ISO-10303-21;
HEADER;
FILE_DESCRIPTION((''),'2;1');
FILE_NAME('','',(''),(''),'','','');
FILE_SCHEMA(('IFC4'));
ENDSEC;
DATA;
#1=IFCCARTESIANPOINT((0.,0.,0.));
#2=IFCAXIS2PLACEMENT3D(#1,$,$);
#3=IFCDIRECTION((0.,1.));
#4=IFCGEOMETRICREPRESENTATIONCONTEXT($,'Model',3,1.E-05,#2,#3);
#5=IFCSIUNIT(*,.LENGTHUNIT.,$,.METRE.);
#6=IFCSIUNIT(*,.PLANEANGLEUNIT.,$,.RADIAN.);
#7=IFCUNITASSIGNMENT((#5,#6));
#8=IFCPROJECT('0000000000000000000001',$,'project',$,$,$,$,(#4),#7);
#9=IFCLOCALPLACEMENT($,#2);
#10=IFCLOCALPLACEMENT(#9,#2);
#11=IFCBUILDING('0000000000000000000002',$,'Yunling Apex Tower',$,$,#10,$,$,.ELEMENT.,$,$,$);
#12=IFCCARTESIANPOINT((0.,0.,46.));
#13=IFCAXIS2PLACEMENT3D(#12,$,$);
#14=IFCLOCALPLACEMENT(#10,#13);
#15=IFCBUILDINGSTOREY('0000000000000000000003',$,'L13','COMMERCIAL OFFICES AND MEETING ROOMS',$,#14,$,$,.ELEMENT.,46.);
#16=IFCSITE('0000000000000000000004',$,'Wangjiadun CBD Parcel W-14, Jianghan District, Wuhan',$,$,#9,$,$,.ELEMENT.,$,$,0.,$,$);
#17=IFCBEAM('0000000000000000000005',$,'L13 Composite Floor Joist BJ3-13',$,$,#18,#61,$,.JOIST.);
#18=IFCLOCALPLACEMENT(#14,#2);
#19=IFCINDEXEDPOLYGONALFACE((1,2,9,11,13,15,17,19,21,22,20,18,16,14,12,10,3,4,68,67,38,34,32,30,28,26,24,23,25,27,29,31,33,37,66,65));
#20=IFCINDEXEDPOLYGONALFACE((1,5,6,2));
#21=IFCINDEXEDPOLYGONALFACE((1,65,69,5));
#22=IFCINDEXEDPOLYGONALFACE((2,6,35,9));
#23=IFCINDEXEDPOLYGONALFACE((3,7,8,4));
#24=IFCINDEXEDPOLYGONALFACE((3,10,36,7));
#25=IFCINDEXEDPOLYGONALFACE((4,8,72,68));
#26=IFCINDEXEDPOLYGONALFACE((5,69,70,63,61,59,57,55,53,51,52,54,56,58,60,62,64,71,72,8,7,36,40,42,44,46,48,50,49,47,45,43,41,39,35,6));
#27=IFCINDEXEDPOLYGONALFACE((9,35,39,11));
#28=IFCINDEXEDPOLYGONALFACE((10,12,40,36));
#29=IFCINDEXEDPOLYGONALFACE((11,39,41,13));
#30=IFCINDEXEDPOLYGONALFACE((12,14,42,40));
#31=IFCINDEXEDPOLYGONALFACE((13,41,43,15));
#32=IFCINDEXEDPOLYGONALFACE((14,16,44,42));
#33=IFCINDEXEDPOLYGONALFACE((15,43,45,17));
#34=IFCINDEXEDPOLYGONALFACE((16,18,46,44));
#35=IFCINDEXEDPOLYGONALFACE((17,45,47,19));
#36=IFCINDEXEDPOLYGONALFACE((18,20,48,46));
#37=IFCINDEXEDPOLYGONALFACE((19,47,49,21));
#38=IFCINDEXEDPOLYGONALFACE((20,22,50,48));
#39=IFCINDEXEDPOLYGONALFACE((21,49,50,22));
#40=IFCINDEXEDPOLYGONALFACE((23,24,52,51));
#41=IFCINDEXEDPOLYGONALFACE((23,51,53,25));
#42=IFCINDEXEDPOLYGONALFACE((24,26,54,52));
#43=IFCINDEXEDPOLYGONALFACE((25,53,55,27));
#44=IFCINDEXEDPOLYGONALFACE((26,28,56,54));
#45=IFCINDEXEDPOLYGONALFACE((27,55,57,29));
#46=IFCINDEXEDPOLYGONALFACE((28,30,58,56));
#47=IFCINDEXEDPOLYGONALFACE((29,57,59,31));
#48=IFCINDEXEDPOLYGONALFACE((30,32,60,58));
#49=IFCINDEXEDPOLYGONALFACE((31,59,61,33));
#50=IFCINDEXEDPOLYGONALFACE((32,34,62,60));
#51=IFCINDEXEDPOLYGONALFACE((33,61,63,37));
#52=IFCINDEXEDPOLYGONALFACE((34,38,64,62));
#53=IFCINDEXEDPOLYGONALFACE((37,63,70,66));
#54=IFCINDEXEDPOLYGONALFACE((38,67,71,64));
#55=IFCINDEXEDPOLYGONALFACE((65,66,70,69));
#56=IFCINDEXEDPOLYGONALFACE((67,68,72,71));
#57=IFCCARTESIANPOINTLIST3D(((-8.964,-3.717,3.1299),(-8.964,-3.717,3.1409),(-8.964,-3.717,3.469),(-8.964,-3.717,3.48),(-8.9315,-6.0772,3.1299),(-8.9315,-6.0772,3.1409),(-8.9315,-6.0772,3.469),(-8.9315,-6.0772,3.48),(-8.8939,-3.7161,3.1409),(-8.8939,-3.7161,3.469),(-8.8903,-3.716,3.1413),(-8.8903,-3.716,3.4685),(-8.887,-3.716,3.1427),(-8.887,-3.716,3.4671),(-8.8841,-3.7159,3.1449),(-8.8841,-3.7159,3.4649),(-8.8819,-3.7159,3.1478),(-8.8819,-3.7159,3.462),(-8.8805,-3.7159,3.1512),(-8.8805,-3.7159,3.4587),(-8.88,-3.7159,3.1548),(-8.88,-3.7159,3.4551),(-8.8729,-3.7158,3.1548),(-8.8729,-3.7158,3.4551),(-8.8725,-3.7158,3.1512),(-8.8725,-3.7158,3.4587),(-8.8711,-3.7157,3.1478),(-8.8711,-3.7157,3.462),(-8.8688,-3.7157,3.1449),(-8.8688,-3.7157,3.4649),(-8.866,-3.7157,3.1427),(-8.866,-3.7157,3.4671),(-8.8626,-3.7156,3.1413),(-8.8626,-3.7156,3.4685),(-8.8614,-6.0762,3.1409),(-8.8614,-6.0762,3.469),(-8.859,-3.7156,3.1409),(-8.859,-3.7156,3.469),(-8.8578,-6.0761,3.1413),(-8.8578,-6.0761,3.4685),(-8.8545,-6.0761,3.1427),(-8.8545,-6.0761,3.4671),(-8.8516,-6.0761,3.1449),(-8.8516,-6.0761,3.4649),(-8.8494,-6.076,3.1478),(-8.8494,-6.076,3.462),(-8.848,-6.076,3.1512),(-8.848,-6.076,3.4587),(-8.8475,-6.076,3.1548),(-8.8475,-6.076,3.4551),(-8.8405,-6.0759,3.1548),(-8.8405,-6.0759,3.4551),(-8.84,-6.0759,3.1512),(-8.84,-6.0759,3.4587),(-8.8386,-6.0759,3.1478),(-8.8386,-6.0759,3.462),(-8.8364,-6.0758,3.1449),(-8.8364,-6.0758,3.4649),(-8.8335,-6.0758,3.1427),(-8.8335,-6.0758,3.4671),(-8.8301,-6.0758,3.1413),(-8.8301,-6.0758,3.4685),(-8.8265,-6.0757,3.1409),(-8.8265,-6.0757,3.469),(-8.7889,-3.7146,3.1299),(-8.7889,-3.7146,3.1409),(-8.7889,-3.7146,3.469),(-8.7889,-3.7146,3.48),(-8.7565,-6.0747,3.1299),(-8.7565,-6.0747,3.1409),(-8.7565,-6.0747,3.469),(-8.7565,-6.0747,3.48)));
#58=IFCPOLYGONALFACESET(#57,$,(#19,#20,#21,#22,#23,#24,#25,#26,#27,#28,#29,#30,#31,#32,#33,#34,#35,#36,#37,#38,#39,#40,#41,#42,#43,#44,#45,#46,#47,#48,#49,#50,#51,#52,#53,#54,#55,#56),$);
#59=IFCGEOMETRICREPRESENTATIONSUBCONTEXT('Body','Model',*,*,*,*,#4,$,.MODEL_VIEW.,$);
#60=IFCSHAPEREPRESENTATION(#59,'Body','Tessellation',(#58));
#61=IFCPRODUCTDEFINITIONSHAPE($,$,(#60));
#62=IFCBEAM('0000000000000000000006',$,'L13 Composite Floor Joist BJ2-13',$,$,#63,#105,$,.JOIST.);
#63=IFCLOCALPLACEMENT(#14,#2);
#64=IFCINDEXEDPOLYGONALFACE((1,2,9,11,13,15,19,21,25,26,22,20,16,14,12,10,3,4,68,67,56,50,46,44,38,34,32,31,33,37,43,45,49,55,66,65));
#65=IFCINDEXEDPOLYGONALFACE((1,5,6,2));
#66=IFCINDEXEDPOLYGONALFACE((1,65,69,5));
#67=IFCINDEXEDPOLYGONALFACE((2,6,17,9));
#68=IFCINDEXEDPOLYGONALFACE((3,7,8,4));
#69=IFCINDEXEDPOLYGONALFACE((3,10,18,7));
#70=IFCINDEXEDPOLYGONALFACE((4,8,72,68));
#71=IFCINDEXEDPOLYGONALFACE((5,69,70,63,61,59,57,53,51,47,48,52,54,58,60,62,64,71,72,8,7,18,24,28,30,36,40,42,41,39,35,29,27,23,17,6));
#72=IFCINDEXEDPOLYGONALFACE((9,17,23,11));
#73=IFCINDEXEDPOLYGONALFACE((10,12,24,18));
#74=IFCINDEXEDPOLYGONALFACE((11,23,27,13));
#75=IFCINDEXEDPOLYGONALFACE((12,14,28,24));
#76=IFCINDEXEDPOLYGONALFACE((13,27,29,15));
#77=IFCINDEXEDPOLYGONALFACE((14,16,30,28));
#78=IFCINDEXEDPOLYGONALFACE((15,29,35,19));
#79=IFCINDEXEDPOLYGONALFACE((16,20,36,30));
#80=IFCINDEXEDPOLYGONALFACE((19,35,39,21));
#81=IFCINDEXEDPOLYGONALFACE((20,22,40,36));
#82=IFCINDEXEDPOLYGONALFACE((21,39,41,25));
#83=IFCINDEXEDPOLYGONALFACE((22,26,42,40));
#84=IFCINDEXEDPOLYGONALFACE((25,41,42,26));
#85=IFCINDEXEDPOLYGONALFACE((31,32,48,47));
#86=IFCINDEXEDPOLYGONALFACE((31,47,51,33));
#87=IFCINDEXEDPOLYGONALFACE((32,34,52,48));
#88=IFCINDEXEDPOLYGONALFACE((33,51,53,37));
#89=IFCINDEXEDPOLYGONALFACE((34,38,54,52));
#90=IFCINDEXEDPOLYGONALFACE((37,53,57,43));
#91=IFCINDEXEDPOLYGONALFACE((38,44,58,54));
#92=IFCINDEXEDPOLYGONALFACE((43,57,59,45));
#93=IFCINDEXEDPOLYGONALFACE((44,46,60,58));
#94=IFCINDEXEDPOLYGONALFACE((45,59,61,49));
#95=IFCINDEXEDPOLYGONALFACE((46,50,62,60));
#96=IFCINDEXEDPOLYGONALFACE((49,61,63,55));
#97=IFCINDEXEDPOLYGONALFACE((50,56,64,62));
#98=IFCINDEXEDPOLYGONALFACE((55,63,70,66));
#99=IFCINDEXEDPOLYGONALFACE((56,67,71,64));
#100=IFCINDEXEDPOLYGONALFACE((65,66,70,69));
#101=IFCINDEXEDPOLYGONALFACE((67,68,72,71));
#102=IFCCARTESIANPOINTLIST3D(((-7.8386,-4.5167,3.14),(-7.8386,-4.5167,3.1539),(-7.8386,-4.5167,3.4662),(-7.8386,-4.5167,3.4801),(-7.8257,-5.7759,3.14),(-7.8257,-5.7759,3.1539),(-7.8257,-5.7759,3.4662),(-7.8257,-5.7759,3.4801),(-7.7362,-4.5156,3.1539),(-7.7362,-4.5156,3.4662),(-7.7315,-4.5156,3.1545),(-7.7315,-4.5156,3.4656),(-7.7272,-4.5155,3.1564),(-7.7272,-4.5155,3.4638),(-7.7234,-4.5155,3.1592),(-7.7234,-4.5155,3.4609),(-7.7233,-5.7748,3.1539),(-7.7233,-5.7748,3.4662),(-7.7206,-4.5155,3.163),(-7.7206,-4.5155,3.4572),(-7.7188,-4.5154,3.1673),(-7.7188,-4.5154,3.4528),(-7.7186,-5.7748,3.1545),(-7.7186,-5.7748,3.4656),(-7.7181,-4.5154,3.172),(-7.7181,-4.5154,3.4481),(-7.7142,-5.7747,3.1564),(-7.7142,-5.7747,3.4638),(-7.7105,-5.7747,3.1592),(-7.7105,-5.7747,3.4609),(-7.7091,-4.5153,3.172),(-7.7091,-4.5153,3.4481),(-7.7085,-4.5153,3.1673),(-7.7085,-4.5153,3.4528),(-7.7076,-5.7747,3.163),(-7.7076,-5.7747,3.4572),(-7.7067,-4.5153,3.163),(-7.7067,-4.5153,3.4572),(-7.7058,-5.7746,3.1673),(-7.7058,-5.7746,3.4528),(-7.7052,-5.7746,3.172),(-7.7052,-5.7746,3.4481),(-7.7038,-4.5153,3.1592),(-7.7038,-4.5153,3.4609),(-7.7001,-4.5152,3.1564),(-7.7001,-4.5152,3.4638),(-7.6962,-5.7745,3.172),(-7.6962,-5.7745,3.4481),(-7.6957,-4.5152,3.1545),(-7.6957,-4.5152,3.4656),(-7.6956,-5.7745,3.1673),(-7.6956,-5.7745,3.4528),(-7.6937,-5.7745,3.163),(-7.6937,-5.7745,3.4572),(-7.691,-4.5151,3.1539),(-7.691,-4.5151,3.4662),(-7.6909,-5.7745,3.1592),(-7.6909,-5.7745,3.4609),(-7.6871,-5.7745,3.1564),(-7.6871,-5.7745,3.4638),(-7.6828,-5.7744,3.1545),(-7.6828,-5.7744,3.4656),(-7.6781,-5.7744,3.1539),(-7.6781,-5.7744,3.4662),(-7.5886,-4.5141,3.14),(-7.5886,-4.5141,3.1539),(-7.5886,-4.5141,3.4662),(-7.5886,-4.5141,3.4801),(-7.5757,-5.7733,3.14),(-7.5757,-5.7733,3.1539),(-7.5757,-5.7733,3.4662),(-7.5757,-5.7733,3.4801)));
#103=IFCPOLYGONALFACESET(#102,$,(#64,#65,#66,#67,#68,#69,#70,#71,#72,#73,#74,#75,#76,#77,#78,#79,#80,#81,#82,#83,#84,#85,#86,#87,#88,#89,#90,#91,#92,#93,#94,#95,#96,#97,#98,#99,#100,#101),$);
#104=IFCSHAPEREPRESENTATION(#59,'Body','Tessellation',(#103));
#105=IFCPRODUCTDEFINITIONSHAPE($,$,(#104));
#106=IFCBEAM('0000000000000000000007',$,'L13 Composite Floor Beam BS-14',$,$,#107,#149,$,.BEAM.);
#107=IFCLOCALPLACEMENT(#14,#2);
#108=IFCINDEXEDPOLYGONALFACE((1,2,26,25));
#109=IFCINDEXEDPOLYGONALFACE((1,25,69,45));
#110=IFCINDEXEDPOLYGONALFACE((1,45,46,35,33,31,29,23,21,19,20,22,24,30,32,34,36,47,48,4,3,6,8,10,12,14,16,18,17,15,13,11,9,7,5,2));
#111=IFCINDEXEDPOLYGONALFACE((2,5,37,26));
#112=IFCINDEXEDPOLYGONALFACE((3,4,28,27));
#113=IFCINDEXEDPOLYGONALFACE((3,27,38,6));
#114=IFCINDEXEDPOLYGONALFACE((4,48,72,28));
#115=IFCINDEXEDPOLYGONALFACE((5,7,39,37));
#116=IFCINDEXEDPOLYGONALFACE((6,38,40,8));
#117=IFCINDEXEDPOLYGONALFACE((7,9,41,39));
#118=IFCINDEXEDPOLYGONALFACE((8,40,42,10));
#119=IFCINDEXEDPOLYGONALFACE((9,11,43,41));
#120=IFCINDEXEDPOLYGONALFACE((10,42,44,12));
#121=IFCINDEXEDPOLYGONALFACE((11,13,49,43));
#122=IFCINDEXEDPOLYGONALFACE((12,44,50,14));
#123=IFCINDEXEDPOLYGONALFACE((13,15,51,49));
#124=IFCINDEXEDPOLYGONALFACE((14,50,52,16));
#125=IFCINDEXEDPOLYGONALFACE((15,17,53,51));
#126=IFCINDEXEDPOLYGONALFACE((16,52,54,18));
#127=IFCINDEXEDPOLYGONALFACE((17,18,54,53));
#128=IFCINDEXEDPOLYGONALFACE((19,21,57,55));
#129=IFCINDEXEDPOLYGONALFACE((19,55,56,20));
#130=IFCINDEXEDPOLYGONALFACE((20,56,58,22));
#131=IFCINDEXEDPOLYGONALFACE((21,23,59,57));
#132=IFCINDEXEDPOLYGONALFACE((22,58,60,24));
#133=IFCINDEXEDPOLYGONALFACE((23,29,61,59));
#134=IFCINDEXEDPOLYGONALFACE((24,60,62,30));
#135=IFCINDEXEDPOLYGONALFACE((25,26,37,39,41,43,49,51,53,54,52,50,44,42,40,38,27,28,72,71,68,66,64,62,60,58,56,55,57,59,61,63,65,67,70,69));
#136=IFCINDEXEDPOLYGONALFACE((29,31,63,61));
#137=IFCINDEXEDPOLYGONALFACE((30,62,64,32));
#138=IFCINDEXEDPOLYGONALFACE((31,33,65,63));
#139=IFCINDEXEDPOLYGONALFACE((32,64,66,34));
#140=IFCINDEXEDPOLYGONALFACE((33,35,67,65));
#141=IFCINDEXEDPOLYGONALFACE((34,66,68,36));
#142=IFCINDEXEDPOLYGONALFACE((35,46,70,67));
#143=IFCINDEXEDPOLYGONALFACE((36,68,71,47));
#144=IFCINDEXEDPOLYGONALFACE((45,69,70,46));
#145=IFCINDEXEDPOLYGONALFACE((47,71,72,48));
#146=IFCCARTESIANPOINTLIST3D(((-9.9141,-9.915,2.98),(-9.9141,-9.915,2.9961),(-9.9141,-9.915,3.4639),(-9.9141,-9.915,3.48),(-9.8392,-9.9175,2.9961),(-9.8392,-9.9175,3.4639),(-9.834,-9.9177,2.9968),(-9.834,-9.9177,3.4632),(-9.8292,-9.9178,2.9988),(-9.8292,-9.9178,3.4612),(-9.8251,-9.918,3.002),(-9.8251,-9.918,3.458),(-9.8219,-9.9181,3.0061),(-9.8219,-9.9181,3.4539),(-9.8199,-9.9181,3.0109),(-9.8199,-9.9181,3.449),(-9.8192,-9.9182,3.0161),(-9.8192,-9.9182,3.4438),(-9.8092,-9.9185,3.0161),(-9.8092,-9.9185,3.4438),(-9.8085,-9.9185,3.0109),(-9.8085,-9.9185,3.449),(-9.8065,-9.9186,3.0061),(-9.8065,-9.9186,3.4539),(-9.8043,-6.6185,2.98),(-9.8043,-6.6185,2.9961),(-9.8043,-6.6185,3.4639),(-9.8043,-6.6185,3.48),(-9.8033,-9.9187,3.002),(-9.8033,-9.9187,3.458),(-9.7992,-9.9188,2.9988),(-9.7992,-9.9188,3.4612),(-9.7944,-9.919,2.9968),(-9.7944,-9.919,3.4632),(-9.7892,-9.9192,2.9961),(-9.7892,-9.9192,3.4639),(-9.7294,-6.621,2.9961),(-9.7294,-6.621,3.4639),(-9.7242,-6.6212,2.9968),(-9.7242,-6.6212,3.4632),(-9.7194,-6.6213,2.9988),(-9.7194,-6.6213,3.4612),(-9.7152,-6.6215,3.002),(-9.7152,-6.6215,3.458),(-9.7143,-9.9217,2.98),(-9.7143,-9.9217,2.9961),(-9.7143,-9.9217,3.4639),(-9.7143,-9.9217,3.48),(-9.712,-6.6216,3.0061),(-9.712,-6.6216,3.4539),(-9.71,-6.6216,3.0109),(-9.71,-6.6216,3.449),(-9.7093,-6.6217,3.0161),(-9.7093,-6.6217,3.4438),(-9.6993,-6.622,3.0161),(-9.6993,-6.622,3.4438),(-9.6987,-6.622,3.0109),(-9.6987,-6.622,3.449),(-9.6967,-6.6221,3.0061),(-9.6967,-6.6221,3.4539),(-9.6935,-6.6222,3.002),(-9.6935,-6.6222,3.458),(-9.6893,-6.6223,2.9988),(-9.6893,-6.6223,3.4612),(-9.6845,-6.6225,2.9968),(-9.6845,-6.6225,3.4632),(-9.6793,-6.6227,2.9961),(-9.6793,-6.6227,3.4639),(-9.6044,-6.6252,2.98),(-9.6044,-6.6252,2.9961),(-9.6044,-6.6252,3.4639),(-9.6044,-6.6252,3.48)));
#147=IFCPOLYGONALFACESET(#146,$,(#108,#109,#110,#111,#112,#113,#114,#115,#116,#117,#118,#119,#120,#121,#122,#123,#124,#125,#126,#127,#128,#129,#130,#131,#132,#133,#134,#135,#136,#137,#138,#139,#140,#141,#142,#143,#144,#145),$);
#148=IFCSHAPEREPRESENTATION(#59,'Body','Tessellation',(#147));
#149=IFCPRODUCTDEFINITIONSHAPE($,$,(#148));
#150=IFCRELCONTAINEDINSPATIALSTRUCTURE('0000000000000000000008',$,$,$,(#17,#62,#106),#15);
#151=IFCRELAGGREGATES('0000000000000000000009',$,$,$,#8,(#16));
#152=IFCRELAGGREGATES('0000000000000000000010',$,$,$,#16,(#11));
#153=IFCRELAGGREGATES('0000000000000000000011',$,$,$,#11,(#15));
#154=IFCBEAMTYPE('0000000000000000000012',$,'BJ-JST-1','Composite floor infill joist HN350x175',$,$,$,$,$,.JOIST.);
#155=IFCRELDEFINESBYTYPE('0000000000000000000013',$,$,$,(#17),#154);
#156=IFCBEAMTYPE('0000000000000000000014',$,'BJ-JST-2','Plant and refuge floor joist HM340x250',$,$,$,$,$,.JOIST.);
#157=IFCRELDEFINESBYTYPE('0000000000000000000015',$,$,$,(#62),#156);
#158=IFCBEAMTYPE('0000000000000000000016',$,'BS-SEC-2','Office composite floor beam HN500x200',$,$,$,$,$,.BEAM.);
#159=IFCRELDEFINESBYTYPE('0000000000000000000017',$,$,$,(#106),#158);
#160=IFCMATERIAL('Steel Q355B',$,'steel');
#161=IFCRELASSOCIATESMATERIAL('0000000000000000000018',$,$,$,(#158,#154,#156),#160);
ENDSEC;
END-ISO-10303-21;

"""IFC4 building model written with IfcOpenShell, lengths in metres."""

from ifc_helpers import new_model, si_unit, direction, frame, origin, origin_2d, place, context, subcontext, project, spatial, i_section, extrude, source, transform, mapped, material, material_profile, profile_set, type_object, element, save


model = new_model("IFC4")

# Units and contexts
model_context = context("Model", 3, precision=1e-05, world=origin(), true_north=direction((0.0, 1.0)))
body_context = subcontext(model_context, "Body", "Model", "MODEL_VIEW")
ifc_project = project(units=[si_unit("LENGTHUNIT", "METRE"), si_unit("PLANEANGLEUNIT", "RADIAN")], contexts=[model_context])

# Site, building, storey
site_placement = place(None, origin())
site = spatial("IfcSite", under=ifc_project, at=site_placement, Name="Wangjiadun CBD Parcel W-14, Jianghan District, Wuhan", CompositionType="ELEMENT", RefElevation=0.0)
building_placement = place(site_placement, origin())
building = spatial("IfcBuilding", under=site, at=building_placement, Name="Yunling Apex Tower", CompositionType="ELEMENT")
storey_placement = place(building_placement, frame((0.0, 0.0, 46.0)))
storey = spatial("IfcBuildingStorey", under=building, at=storey_placement, Name="L13", Description="COMMERCIAL OFFICES AND MEETING ROOMS", CompositionType="ELEMENT", Elevation=46.0)

# Beams
ifc_material_1 = material(Name="Steel Q355B", Category="steel")
ifc_material_profile_1 = material_profile(ifc_material_1, i_section(OverallWidth=0.2, OverallDepth=0.5, WebThickness=0.01, FlangeThickness=0.0161, FilletRadius=0.02, at=origin_2d()))
ifc_profile_set_1 = profile_set([ifc_material_profile_1], Name="Steel Q355B")
beam_type_1 = type_object("IfcBeamType", Name="BS-SEC-2", Description="Office composite floor beam HN500x200", PredefinedType="BEAM", material=ifc_profile_set_1)
ifc_material_profile_2 = material_profile(ifc_material_1, i_section(OverallWidth=0.175, OverallDepth=0.3501, WebThickness=0.0071, FlangeThickness=0.011, FilletRadius=0.0139, at=origin_2d()))
ifc_profile_set_2 = profile_set([ifc_material_profile_2], Name="Steel Q355B")
beam_type_2 = type_object("IfcBeamType", Name="BJ-JST-1", Description="Composite floor infill joist HN350x175", PredefinedType="JOIST", material=ifc_profile_set_2)
shared_shape_1 = source(origin(), body_context, "Body", "SweptSolid", [
    extrude(i_section(OverallWidth=0.175, OverallDepth=0.3501, WebThickness=0.0071, FlangeThickness=0.011, FilletRadius=0.0139, at=origin_2d()), origin(), (0.0, 0.0, 1.0), 2.3604),
])
beam_1_placement = place(storey_placement, frame((-8.8765, -3.7158, 3.3049), z_axis=(0.013757, -0.999905, 0.0), x_axis=(0.999905, 0.013757, 0.0)))
element("IfcBeam", 1, at=beam_1_placement, inside=storey, type_object=beam_type_2, Name="L13 Composite Floor Joist BJ3-13", PredefinedType="JOIST", context=body_context, shape_type="MappedRepresentation", body=[
    mapped(shared_shape_1, transform((0.0, 0.0, 0.0), scale=1.0)),
])
ifc_material_profile_3 = material_profile(ifc_material_1, i_section(OverallWidth=0.25, OverallDepth=0.3401, WebThickness=0.009, FlangeThickness=0.0139, FilletRadius=0.0181, at=origin_2d()))
ifc_profile_set_3 = profile_set([ifc_material_profile_3], Name="Steel Q355B")
beam_type_3 = type_object("IfcBeamType", Name="BJ-JST-2", Description="Plant and refuge floor joist HM340x250", PredefinedType="JOIST", material=ifc_profile_set_3)
shared_shape_2 = source(origin(), body_context, "Body", "SweptSolid", [
    extrude(i_section(OverallWidth=0.25, OverallDepth=0.3401, WebThickness=0.009, FlangeThickness=0.0139, FilletRadius=0.0181, at=origin_2d()), origin(), (0.0, 0.0, 1.0), 1.2593),
])
beam_2_placement = place(storey_placement, frame((-7.7136, -4.5154, 3.3101), z_axis=(0.010275, -0.999947, 0.0), x_axis=(0.999947, 0.010275, 0.0)))
element("IfcBeam", 2, at=beam_2_placement, inside=storey, type_object=beam_type_3, Name="L13 Composite Floor Joist BJ2-13", PredefinedType="JOIST", context=body_context, shape_type="MappedRepresentation", body=[
    mapped(shared_shape_2, transform((0.0, 0.0, 0.0), scale=1.0)),
])
shared_shape_3 = source(origin(), body_context, "Body", "SweptSolid", [
    extrude(i_section(OverallWidth=0.2, OverallDepth=0.5, WebThickness=0.01, FlangeThickness=0.0161, FilletRadius=0.02, at=origin_2d()), origin(), (0.0, 0.0, 1.0), 3.2983),
])
beam_3_placement = place(storey_placement, frame((-9.7043, -6.6218, 3.23), z_axis=(-0.033307, -0.999445, 0.0), x_axis=(0.999445, -0.033307, 0.0)))
element("IfcBeam", 3, at=beam_3_placement, inside=storey, type_object=beam_type_1, Name="L13 Composite Floor Beam BS-14", PredefinedType="BEAM", context=body_context, shape_type="MappedRepresentation", body=[
    mapped(shared_shape_3, transform((0.0, 0.0, 0.0), scale=1.0)),
])

save(model, "model.ifc")
